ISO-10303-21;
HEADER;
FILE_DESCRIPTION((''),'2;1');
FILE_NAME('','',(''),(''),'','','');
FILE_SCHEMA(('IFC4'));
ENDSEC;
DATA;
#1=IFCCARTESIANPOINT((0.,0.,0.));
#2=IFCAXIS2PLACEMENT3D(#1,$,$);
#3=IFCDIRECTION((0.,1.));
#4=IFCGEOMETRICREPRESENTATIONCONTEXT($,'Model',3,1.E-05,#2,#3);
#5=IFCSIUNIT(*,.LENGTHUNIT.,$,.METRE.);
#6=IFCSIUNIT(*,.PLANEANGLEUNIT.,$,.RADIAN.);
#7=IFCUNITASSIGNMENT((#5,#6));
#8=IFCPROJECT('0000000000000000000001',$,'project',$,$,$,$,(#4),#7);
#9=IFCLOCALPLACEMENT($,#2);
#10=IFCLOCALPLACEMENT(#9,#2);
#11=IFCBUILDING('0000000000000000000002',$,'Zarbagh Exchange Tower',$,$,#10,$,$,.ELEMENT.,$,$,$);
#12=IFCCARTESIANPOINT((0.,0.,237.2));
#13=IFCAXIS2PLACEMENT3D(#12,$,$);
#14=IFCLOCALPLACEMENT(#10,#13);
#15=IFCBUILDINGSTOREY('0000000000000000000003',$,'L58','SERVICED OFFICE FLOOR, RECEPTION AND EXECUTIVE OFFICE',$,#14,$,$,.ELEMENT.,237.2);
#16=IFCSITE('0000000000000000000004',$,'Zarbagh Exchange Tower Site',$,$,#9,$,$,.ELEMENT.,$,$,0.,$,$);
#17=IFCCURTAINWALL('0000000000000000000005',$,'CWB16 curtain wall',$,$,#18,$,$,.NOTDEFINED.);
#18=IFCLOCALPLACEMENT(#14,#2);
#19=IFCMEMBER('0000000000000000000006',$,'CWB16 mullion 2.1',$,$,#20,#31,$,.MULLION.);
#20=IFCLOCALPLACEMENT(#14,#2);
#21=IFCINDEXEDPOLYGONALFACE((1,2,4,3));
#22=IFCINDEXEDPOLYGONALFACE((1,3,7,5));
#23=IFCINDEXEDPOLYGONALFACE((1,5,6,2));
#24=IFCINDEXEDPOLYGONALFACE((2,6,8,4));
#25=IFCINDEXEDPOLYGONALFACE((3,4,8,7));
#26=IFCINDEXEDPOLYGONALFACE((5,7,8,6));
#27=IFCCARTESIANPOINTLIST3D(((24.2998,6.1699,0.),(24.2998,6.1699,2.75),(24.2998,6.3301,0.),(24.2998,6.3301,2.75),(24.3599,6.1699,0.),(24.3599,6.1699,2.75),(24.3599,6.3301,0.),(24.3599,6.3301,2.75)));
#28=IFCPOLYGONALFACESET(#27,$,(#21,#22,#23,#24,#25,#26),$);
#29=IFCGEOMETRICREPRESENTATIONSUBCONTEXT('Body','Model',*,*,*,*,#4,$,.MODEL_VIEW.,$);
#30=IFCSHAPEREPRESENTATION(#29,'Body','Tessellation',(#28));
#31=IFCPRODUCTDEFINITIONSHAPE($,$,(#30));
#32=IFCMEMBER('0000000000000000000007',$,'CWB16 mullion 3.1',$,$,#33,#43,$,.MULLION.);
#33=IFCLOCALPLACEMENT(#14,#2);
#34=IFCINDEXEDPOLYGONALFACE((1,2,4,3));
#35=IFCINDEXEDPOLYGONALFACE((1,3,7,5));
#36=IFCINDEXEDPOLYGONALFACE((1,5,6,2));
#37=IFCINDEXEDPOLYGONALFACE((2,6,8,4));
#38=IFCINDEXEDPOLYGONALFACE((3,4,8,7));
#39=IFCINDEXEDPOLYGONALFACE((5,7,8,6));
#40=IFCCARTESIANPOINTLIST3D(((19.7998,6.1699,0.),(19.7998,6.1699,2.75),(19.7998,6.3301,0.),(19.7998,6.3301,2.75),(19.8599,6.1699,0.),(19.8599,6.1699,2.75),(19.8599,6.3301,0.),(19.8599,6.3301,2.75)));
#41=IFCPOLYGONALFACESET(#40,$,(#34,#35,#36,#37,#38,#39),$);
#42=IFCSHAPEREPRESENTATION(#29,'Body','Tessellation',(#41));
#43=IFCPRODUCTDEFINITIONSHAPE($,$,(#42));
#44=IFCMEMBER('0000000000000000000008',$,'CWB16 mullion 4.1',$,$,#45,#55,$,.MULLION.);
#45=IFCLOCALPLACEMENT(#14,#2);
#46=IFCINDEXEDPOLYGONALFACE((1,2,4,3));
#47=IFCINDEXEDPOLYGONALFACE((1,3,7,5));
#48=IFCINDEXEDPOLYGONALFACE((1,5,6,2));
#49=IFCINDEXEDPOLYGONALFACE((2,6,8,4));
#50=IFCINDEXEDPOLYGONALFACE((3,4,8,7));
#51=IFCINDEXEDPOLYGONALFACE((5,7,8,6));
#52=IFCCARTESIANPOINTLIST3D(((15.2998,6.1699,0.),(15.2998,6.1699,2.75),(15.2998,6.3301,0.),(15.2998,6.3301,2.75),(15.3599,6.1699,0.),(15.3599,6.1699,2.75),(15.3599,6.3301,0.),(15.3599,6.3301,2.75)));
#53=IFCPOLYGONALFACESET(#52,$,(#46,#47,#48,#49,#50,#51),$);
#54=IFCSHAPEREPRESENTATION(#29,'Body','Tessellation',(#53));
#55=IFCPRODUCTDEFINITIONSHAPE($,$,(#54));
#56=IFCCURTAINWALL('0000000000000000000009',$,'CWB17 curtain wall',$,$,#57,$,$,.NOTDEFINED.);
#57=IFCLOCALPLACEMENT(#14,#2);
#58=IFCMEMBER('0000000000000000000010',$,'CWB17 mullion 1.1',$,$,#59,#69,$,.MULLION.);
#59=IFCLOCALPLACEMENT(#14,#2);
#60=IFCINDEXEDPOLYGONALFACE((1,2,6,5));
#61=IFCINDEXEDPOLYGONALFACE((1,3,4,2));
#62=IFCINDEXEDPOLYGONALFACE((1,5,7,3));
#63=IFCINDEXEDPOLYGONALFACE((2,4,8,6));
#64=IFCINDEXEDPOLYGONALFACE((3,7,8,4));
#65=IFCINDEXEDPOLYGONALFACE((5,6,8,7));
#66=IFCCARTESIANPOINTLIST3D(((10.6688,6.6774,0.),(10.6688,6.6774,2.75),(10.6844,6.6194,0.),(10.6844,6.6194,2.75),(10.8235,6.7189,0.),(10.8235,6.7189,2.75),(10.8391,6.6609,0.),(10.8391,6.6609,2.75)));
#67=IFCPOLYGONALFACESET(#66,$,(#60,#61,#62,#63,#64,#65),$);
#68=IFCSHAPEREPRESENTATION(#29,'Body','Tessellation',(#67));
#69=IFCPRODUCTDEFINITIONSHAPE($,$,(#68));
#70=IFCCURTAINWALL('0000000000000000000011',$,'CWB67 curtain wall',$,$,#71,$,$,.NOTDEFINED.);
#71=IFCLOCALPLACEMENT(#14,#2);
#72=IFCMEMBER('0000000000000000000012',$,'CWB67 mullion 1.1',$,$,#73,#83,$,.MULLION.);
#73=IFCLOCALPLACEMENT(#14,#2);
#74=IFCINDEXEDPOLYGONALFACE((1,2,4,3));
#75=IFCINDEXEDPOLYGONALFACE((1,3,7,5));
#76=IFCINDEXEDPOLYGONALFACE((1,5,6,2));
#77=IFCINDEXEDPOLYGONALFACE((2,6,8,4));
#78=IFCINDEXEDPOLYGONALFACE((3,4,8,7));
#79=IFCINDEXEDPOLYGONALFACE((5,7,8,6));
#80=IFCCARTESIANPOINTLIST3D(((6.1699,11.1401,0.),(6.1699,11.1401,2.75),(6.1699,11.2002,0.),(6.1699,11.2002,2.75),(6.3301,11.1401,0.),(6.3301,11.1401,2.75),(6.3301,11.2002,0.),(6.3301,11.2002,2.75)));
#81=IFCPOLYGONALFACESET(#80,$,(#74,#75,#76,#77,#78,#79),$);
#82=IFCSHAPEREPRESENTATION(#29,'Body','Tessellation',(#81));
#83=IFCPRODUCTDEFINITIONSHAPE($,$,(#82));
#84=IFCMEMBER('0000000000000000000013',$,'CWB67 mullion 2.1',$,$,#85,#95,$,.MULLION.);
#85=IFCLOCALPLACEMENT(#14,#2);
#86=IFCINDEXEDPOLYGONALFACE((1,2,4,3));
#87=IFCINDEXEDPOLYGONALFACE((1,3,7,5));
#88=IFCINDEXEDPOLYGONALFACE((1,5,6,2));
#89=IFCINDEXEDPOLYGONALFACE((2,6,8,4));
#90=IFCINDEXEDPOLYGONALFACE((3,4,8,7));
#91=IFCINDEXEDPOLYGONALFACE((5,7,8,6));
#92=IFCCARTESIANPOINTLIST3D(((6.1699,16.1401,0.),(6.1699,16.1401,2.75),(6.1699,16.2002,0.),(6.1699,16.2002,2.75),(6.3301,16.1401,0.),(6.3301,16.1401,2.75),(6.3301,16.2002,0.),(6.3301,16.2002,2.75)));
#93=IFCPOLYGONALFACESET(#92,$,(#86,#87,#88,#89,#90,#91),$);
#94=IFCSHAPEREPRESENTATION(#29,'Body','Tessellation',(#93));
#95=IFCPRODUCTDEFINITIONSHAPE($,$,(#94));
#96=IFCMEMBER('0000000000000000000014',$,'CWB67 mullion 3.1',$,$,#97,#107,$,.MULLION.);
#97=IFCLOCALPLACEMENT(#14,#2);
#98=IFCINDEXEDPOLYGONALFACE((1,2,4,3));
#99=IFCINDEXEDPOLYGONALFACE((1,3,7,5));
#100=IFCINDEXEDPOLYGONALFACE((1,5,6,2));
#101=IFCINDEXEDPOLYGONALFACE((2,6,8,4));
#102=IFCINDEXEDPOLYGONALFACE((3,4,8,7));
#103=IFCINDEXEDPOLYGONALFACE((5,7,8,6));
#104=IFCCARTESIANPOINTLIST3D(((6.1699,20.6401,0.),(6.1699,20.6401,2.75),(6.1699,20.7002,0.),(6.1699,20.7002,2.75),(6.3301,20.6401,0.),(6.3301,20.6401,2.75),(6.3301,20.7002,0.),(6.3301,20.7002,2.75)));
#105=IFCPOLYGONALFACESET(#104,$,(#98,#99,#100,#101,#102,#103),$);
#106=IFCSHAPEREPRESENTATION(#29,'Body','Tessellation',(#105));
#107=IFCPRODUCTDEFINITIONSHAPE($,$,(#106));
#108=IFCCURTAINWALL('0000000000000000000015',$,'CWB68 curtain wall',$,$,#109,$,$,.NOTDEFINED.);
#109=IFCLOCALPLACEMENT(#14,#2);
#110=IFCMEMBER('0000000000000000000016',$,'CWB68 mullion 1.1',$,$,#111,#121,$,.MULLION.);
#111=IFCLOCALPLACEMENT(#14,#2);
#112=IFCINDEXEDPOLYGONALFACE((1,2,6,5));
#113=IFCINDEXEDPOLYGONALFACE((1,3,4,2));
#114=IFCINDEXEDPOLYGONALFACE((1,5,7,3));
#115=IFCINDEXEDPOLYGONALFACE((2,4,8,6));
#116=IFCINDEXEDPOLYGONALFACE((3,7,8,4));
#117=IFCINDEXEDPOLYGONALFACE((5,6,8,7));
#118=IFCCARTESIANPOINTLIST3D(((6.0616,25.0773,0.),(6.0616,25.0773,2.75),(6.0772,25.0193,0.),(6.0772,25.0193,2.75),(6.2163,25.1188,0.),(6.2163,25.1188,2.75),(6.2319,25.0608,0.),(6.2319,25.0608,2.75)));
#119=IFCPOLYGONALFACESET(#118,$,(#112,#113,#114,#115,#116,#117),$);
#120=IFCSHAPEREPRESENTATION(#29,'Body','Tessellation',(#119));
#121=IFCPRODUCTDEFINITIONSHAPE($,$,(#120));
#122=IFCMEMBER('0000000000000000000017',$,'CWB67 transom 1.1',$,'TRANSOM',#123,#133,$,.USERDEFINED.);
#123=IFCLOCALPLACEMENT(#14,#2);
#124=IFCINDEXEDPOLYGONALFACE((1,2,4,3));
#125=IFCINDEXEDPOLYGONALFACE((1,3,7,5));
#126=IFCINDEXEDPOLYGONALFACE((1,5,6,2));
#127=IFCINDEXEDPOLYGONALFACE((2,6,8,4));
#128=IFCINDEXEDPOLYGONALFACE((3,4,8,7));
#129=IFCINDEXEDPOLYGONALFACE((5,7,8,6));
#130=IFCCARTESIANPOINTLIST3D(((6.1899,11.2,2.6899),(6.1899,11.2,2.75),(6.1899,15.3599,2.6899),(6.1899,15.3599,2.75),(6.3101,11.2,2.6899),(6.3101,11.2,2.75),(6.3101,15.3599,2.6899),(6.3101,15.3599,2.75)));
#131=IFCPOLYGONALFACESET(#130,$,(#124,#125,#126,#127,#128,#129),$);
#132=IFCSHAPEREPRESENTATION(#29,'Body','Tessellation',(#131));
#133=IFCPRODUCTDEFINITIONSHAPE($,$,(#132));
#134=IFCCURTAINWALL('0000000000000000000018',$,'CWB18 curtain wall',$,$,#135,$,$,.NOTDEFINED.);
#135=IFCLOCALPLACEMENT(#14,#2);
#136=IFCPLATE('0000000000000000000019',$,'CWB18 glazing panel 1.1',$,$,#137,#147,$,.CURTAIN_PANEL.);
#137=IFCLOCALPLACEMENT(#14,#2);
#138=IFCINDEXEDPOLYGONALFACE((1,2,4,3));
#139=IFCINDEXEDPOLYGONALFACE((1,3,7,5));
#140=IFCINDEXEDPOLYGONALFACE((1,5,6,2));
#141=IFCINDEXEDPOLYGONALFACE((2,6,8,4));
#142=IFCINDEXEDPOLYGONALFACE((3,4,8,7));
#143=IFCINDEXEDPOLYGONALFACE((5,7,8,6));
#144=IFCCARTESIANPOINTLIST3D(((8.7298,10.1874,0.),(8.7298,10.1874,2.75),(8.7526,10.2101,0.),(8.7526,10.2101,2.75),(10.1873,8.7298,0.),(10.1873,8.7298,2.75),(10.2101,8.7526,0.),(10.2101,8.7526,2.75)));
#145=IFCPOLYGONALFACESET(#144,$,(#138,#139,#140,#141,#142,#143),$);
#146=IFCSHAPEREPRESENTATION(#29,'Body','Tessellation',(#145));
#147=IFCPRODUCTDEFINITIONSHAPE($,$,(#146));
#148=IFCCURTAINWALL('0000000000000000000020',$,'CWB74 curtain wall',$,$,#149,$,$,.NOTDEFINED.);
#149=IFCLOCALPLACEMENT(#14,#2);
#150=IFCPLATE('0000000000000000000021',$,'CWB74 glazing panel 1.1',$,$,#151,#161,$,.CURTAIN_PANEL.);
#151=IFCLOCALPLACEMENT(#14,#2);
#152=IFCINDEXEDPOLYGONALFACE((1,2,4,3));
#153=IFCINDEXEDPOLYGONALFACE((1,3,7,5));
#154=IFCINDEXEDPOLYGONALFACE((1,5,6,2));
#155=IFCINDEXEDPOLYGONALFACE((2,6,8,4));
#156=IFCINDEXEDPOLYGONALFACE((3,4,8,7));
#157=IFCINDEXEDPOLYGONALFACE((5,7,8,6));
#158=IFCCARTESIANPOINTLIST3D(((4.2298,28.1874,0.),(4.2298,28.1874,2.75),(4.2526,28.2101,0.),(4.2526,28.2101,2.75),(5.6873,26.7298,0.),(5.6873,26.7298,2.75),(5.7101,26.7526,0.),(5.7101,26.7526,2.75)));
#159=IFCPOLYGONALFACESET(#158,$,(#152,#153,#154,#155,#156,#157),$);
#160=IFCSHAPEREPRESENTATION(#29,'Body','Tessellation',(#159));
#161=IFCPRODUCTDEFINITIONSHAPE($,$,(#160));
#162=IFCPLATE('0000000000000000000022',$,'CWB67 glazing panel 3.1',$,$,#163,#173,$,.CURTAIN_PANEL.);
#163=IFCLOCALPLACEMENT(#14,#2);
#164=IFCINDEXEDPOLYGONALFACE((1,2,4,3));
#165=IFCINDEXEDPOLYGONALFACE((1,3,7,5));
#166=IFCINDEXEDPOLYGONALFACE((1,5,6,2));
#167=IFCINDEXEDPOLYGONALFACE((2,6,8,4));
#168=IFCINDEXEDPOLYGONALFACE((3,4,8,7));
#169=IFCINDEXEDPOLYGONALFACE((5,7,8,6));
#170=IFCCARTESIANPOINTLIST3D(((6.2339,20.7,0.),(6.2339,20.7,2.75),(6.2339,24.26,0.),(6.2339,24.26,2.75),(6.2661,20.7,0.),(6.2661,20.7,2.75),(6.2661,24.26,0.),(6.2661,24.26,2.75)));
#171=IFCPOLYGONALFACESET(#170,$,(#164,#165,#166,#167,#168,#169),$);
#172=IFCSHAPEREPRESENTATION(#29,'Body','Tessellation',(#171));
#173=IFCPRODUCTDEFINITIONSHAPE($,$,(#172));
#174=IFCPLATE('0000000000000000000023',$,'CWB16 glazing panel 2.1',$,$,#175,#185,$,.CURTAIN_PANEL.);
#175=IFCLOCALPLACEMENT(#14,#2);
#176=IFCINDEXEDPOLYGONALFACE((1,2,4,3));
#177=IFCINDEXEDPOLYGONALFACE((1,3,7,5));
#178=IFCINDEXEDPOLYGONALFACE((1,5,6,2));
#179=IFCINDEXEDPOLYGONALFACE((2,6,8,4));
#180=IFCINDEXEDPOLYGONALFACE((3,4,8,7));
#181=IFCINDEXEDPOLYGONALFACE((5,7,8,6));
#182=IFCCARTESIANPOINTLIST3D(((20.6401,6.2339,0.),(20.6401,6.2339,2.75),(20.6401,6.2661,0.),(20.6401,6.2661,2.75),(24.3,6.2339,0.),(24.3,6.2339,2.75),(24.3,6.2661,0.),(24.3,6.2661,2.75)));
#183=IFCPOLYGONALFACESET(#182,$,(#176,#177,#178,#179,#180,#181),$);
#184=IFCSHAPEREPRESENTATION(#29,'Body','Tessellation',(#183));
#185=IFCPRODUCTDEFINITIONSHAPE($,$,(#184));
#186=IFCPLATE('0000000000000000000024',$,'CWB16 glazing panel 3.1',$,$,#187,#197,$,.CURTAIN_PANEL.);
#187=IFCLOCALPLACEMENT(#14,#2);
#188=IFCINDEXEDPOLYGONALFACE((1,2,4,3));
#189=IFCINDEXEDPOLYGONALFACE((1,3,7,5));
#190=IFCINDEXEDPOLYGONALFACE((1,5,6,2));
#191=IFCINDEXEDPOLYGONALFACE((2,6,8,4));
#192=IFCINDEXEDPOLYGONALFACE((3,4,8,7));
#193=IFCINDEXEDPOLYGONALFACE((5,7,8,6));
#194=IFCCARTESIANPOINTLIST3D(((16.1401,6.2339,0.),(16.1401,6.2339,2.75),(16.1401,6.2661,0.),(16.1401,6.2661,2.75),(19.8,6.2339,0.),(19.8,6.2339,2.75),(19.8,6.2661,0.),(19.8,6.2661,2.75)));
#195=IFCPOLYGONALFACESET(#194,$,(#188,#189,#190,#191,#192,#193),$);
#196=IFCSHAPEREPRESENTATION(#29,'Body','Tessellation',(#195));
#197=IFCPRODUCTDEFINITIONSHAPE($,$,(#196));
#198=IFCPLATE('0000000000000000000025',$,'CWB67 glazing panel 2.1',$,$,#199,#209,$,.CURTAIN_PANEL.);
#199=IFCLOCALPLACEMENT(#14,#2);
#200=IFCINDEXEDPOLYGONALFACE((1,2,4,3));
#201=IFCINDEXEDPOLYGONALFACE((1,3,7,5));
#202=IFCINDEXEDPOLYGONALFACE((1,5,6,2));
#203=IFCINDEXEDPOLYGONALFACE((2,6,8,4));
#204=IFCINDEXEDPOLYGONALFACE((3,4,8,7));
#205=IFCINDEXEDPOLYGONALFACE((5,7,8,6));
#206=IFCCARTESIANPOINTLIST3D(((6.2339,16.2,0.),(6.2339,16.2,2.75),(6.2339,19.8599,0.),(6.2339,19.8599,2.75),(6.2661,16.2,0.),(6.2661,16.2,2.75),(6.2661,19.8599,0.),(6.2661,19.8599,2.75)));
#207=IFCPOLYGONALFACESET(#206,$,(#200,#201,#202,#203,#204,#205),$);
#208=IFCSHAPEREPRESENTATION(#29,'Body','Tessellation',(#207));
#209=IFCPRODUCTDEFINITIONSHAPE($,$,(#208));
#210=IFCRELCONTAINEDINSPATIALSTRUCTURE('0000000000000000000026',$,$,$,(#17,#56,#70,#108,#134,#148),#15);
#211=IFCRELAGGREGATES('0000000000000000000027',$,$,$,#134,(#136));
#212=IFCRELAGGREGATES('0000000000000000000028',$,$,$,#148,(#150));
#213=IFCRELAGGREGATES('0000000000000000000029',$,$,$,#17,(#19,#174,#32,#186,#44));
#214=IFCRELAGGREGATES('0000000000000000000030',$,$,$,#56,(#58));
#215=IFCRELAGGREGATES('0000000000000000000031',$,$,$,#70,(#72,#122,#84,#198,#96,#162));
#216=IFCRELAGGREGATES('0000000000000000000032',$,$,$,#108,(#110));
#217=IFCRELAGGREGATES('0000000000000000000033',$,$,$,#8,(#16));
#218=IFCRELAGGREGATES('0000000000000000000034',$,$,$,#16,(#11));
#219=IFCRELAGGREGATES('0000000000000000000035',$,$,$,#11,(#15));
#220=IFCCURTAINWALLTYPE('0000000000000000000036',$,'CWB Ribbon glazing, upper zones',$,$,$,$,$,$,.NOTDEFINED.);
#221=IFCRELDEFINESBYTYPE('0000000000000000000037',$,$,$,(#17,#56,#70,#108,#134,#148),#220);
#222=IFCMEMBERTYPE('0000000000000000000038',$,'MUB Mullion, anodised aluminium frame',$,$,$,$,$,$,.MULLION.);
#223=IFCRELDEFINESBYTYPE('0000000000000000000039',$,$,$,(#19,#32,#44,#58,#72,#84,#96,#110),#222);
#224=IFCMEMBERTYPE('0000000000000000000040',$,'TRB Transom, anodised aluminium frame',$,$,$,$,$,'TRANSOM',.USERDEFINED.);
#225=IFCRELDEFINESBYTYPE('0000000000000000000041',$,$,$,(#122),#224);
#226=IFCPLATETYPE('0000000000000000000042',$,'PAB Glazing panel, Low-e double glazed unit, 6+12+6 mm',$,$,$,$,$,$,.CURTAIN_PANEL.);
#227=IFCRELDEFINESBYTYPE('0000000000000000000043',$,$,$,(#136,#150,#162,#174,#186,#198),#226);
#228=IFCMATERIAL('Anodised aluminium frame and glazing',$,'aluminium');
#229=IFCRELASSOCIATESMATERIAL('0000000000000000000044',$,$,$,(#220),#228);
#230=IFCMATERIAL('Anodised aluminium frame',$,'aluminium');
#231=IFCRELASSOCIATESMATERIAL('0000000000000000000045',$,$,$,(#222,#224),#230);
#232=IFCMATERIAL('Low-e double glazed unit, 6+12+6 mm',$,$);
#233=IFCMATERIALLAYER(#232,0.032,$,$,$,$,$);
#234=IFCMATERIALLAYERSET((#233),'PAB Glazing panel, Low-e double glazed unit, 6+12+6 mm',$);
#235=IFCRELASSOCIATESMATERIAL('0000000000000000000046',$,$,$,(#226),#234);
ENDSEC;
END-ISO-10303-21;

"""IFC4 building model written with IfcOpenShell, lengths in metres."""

from ifc_helpers import new_model, si_unit, direction, frame, origin, place, context, subcontext, project, spatial, polyline, outline, extrude, source, transform, mapped, material, layer, layer_set, type_object, element, aggregate, save


model = new_model("IFC4")

# Units and contexts
model_context = context("Model", 3, precision=1e-05, world=origin(), true_north=direction((0.0, 1.0)))
body_context = subcontext(model_context, "Body", "Model", "MODEL_VIEW")
ifc_project = project(units=[si_unit("LENGTHUNIT", "METRE"), si_unit("PLANEANGLEUNIT", "RADIAN")], contexts=[model_context])

# Site, building, storey
site_placement = place(None, origin())
site = spatial("IfcSite", under=ifc_project, at=site_placement, Name="Zarbagh Exchange Tower Site", CompositionType="ELEMENT", RefElevation=0.0)
building_placement = place(site_placement, origin())
building = spatial("IfcBuilding", under=site, at=building_placement, Name="Zarbagh Exchange Tower", CompositionType="ELEMENT")
storey_placement = place(building_placement, frame((0.0, 0.0, 237.2)))
storey = spatial("IfcBuildingStorey", under=building, at=storey_placement, Name="L58", Description="SERVICED OFFICE FLOOR, RECEPTION AND EXECUTIVE OFFICE", CompositionType="ELEMENT", Elevation=237.2)

# Curtain wall, members
ifc_material_1 = material(Name="Anodised aluminium frame and glazing", Category="aluminium")
curtain_wall_type = type_object("IfcCurtainWallType", Name="CWB Ribbon glazing, upper zones", PredefinedType="NOTDEFINED", material=ifc_material_1)
curtain_wall_1_placement = place(storey_placement, origin())
curtain_wall_1 = element("IfcCurtainWall", 1, at=curtain_wall_1_placement, inside=storey, type_object=curtain_wall_type, Name="CWB16 curtain wall", PredefinedType="NOTDEFINED")
ifc_material_2 = material(Name="Anodised aluminium frame", Category="aluminium")
member_type_1 = type_object("IfcMemberType", Name="MUB Mullion, anodised aluminium frame", PredefinedType="MULLION", material=ifc_material_2)
shared_shape_1 = source(origin(), body_context, "Body", "SweptSolid", [
    extrude(outline(polyline([(0.0, -0.0801), (0.0601, -0.0801), (0.0601, 0.0801), (0.0, 0.0801), (0.0, -0.0801)])), origin(), (0.0, 0.0, 1.0), 2.75),
])
placement = place(storey_placement, origin())
member_1 = element("IfcMember", 2, at=placement, type_object=member_type_1, Name="CWB16 mullion 2.1", PredefinedType="MULLION", context=body_context, shape_type="MappedRepresentation", body=[
    mapped(shared_shape_1, transform((24.3599, 6.25, 0.0), x_axis=(-1.0, 0.0, 0.0), y_axis=(0.0, -1.0, 0.0), z_axis=(0.0, 0.0, 1.0))),
])
member_2 = element("IfcMember", 3, at=placement, type_object=member_type_1, Name="CWB16 mullion 3.1", PredefinedType="MULLION", context=body_context, shape_type="MappedRepresentation", body=[
    mapped(shared_shape_1, transform((19.8599, 6.25, 0.0), x_axis=(-1.0, 0.0, 0.0), y_axis=(0.0, -1.0, 0.0), z_axis=(0.0, 0.0, 1.0))),
])
member_3 = element("IfcMember", 4, at=placement, type_object=member_type_1, Name="CWB16 mullion 4.1", PredefinedType="MULLION", context=body_context, shape_type="MappedRepresentation", body=[
    mapped(shared_shape_1, transform((15.3599, 6.25, 0.0), x_axis=(-1.0, 0.0, 0.0), y_axis=(0.0, -1.0, 0.0), z_axis=(0.0, 0.0, 1.0))),
])

# Curtain wall, member
curtain_wall_2_placement = place(storey_placement, origin())
curtain_wall_2 = element("IfcCurtainWall", 5, at=curtain_wall_2_placement, inside=storey, type_object=curtain_wall_type, Name="CWB17 curtain wall", PredefinedType="NOTDEFINED")
member_4 = element("IfcMember", 6, at=placement, type_object=member_type_1, Name="CWB17 mullion 1.1", PredefinedType="MULLION", context=body_context, shape_type="MappedRepresentation", body=[
    mapped(shared_shape_1, transform((10.7617, 6.6401, 0.0), x_axis=(-0.258825, 0.965924, 0.0), y_axis=(-0.965924, -0.258825, 0.0), z_axis=(0.0, 0.0, 1.0))),
])

# Curtain wall, members
curtain_wall_3_placement = place(storey_placement, origin())
curtain_wall_3 = element("IfcCurtainWall", 7, at=curtain_wall_3_placement, inside=storey, type_object=curtain_wall_type, Name="CWB67 curtain wall", PredefinedType="NOTDEFINED")
member_5 = element("IfcMember", 8, at=placement, type_object=member_type_1, Name="CWB67 mullion 1.1", PredefinedType="MULLION", context=body_context, shape_type="MappedRepresentation", body=[
    mapped(shared_shape_1, transform((6.25, 11.1401, 0.0), x_axis=(0.0, 1.0, 0.0), y_axis=(-1.0, 0.0, 0.0), z_axis=(0.0, 0.0, 1.0))),
])
member_6 = element("IfcMember", 9, at=placement, type_object=member_type_1, Name="CWB67 mullion 2.1", PredefinedType="MULLION", context=body_context, shape_type="MappedRepresentation", body=[
    mapped(shared_shape_1, transform((6.25, 16.1401, 0.0), x_axis=(0.0, 1.0, 0.0), y_axis=(-1.0, 0.0, 0.0), z_axis=(0.0, 0.0, 1.0))),
])
member_7 = element("IfcMember", 10, at=placement, type_object=member_type_1, Name="CWB67 mullion 3.1", PredefinedType="MULLION", context=body_context, shape_type="MappedRepresentation", body=[
    mapped(shared_shape_1, transform((6.25, 20.6401, 0.0), x_axis=(0.0, 1.0, 0.0), y_axis=(-1.0, 0.0, 0.0), z_axis=(0.0, 0.0, 1.0))),
])

# Curtain wall, member
curtain_wall_4_placement = place(storey_placement, origin())
curtain_wall_4 = element("IfcCurtainWall", 11, at=curtain_wall_4_placement, inside=storey, type_object=curtain_wall_type, Name="CWB68 curtain wall", PredefinedType="NOTDEFINED")
member_8 = element("IfcMember", 12, at=placement, type_object=member_type_1, Name="CWB68 mullion 1.1", PredefinedType="MULLION", context=body_context, shape_type="MappedRepresentation", body=[
    mapped(shared_shape_1, transform((6.1545, 25.04, 0.0), x_axis=(-0.258825, 0.965924, 0.0), y_axis=(-0.965924, -0.258825, 0.0), z_axis=(0.0, 0.0, 1.0))),
])

# Member
member_type_2 = type_object("IfcMemberType", Name="TRB Transom, anodised aluminium frame", ElementType="TRANSOM", PredefinedType="USERDEFINED", material=ifc_material_2)
shared_shape_2 = source(origin(), body_context, "Body", "SweptSolid", [
    extrude(outline(polyline([(-0.0601, -0.0601), (0.0, -0.0601), (0.0, 0.0601), (-0.0601, 0.0601), (-0.0601, -0.0601)])), origin(), (0.0, 0.0, 1.0), 4.1599),
])
member_9 = element("IfcMember", 13, at=placement, type_object=member_type_2, Name="CWB67 transom 1.1", ObjectType="TRANSOM", PredefinedType="USERDEFINED", context=body_context, shape_type="MappedRepresentation", body=[
    mapped(shared_shape_2, transform((6.25, 11.2, 2.75), x_axis=(0.0, 0.0, 1.0), y_axis=(1.0, 0.0, 0.0), z_axis=(0.0, 1.0, 0.0))),
])

# Curtain walls, plates
curtain_wall_5_placement = place(storey_placement, origin())
curtain_wall_5 = element("IfcCurtainWall", 14, at=curtain_wall_5_placement, inside=storey, type_object=curtain_wall_type, Name="CWB18 curtain wall", PredefinedType="NOTDEFINED")
ifc_material_3 = material(Name="Low-e double glazed unit, 6+12+6 mm")
ifc_layer = layer(ifc_material_3, 0.032)
ifc_layer_set = layer_set([ifc_layer], Name="PAB Glazing panel, Low-e double glazed unit, 6+12+6 mm")
plate_type = type_object("IfcPlateType", Name="PAB Glazing panel, Low-e double glazed unit, 6+12+6 mm", PredefinedType="CURTAIN_PANEL", material=ifc_layer_set)
shared_shape_3 = source(origin(), body_context, "Body", "SweptSolid", [
    extrude(outline(polyline([(0.0, -0.0161), (2.0613, -0.0161), (2.0613, 0.0161), (0.0, 0.0161), (0.0, -0.0161)])), origin(), (0.0, 0.0, 1.0), 2.75),
])
plate_1 = element("IfcPlate", 15, at=placement, type_object=plate_type, Name="CWB18 glazing panel 1.1", PredefinedType="CURTAIN_PANEL", context=body_context, shape_type="MappedRepresentation", body=[
    mapped(shared_shape_3, transform((10.1987, 8.7412, 0.0), x_axis=(-0.707107, 0.707107, 0.0), y_axis=(-0.707107, -0.707107, 0.0), z_axis=(0.0, 0.0, 1.0))),
])
aggregate(curtain_wall_5, [plate_1])
curtain_wall_6_placement = place(storey_placement, origin())
curtain_wall_6 = element("IfcCurtainWall", 16, at=curtain_wall_6_placement, inside=storey, type_object=curtain_wall_type, Name="CWB74 curtain wall", PredefinedType="NOTDEFINED")
plate_2 = element("IfcPlate", 17, at=placement, type_object=plate_type, Name="CWB74 glazing panel 1.1", PredefinedType="CURTAIN_PANEL", context=body_context, shape_type="MappedRepresentation", body=[
    mapped(shared_shape_3, transform((5.6987, 26.7412, 0.0), x_axis=(-0.707107, 0.707107, 0.0), y_axis=(-0.707107, -0.707107, 0.0), z_axis=(0.0, 0.0, 1.0))),
])
aggregate(curtain_wall_6, [plate_2])

# Plates
shared_shape_4 = source(origin(), body_context, "Body", "SweptSolid", [
    extrude(outline(polyline([(0.0, -0.0161), (3.5601, -0.0161), (3.5601, 0.0161), (0.0, 0.0161), (0.0, -0.0161)])), origin(), (0.0, 0.0, 1.0), 2.75),
])
plate_3 = element("IfcPlate", 18, at=placement, type_object=plate_type, Name="CWB67 glazing panel 3.1", PredefinedType="CURTAIN_PANEL", context=body_context, shape_type="MappedRepresentation", body=[
    mapped(shared_shape_4, transform((6.25, 20.7, 0.0), x_axis=(0.0, 1.0, 0.0), y_axis=(-1.0, 0.0, 0.0), z_axis=(0.0, 0.0, 1.0))),
])
shared_shape_5 = source(origin(), body_context, "Body", "SweptSolid", [
    extrude(outline(polyline([(0.0, -0.0161), (3.6599, -0.0161), (3.6599, 0.0161), (0.0, 0.0161), (0.0, -0.0161)])), origin(), (0.0, 0.0, 1.0), 2.75),
])
plate_4 = element("IfcPlate", 19, at=placement, type_object=plate_type, Name="CWB16 glazing panel 2.1", PredefinedType="CURTAIN_PANEL", context=body_context, shape_type="MappedRepresentation", body=[
    mapped(shared_shape_5, transform((24.3, 6.25, 0.0), x_axis=(-1.0, 0.0, 0.0), y_axis=(0.0, -1.0, 0.0), z_axis=(0.0, 0.0, 1.0))),
])
plate_5 = element("IfcPlate", 20, at=placement, type_object=plate_type, Name="CWB16 glazing panel 3.1", PredefinedType="CURTAIN_PANEL", context=body_context, shape_type="MappedRepresentation", body=[
    mapped(shared_shape_5, transform((19.8, 6.25, 0.0), x_axis=(-1.0, 0.0, 0.0), y_axis=(0.0, -1.0, 0.0), z_axis=(0.0, 0.0, 1.0))),
])
plate_6 = element("IfcPlate", 21, at=placement, type_object=plate_type, Name="CWB67 glazing panel 2.1", PredefinedType="CURTAIN_PANEL", context=body_context, shape_type="MappedRepresentation", body=[
    mapped(shared_shape_5, transform((6.25, 16.2, 0.0), x_axis=(0.0, 1.0, 0.0), y_axis=(-1.0, 0.0, 0.0), z_axis=(0.0, 0.0, 1.0))),
])
aggregate(curtain_wall_1, [member_1, plate_4, member_2, plate_5, member_3])
aggregate(curtain_wall_2, [member_4])

aggregate(curtain_wall_3, [member_5, member_9, member_6, plate_6, member_7, plate_3])
aggregate(curtain_wall_4, [member_8])

save(model, "model.ifc")
